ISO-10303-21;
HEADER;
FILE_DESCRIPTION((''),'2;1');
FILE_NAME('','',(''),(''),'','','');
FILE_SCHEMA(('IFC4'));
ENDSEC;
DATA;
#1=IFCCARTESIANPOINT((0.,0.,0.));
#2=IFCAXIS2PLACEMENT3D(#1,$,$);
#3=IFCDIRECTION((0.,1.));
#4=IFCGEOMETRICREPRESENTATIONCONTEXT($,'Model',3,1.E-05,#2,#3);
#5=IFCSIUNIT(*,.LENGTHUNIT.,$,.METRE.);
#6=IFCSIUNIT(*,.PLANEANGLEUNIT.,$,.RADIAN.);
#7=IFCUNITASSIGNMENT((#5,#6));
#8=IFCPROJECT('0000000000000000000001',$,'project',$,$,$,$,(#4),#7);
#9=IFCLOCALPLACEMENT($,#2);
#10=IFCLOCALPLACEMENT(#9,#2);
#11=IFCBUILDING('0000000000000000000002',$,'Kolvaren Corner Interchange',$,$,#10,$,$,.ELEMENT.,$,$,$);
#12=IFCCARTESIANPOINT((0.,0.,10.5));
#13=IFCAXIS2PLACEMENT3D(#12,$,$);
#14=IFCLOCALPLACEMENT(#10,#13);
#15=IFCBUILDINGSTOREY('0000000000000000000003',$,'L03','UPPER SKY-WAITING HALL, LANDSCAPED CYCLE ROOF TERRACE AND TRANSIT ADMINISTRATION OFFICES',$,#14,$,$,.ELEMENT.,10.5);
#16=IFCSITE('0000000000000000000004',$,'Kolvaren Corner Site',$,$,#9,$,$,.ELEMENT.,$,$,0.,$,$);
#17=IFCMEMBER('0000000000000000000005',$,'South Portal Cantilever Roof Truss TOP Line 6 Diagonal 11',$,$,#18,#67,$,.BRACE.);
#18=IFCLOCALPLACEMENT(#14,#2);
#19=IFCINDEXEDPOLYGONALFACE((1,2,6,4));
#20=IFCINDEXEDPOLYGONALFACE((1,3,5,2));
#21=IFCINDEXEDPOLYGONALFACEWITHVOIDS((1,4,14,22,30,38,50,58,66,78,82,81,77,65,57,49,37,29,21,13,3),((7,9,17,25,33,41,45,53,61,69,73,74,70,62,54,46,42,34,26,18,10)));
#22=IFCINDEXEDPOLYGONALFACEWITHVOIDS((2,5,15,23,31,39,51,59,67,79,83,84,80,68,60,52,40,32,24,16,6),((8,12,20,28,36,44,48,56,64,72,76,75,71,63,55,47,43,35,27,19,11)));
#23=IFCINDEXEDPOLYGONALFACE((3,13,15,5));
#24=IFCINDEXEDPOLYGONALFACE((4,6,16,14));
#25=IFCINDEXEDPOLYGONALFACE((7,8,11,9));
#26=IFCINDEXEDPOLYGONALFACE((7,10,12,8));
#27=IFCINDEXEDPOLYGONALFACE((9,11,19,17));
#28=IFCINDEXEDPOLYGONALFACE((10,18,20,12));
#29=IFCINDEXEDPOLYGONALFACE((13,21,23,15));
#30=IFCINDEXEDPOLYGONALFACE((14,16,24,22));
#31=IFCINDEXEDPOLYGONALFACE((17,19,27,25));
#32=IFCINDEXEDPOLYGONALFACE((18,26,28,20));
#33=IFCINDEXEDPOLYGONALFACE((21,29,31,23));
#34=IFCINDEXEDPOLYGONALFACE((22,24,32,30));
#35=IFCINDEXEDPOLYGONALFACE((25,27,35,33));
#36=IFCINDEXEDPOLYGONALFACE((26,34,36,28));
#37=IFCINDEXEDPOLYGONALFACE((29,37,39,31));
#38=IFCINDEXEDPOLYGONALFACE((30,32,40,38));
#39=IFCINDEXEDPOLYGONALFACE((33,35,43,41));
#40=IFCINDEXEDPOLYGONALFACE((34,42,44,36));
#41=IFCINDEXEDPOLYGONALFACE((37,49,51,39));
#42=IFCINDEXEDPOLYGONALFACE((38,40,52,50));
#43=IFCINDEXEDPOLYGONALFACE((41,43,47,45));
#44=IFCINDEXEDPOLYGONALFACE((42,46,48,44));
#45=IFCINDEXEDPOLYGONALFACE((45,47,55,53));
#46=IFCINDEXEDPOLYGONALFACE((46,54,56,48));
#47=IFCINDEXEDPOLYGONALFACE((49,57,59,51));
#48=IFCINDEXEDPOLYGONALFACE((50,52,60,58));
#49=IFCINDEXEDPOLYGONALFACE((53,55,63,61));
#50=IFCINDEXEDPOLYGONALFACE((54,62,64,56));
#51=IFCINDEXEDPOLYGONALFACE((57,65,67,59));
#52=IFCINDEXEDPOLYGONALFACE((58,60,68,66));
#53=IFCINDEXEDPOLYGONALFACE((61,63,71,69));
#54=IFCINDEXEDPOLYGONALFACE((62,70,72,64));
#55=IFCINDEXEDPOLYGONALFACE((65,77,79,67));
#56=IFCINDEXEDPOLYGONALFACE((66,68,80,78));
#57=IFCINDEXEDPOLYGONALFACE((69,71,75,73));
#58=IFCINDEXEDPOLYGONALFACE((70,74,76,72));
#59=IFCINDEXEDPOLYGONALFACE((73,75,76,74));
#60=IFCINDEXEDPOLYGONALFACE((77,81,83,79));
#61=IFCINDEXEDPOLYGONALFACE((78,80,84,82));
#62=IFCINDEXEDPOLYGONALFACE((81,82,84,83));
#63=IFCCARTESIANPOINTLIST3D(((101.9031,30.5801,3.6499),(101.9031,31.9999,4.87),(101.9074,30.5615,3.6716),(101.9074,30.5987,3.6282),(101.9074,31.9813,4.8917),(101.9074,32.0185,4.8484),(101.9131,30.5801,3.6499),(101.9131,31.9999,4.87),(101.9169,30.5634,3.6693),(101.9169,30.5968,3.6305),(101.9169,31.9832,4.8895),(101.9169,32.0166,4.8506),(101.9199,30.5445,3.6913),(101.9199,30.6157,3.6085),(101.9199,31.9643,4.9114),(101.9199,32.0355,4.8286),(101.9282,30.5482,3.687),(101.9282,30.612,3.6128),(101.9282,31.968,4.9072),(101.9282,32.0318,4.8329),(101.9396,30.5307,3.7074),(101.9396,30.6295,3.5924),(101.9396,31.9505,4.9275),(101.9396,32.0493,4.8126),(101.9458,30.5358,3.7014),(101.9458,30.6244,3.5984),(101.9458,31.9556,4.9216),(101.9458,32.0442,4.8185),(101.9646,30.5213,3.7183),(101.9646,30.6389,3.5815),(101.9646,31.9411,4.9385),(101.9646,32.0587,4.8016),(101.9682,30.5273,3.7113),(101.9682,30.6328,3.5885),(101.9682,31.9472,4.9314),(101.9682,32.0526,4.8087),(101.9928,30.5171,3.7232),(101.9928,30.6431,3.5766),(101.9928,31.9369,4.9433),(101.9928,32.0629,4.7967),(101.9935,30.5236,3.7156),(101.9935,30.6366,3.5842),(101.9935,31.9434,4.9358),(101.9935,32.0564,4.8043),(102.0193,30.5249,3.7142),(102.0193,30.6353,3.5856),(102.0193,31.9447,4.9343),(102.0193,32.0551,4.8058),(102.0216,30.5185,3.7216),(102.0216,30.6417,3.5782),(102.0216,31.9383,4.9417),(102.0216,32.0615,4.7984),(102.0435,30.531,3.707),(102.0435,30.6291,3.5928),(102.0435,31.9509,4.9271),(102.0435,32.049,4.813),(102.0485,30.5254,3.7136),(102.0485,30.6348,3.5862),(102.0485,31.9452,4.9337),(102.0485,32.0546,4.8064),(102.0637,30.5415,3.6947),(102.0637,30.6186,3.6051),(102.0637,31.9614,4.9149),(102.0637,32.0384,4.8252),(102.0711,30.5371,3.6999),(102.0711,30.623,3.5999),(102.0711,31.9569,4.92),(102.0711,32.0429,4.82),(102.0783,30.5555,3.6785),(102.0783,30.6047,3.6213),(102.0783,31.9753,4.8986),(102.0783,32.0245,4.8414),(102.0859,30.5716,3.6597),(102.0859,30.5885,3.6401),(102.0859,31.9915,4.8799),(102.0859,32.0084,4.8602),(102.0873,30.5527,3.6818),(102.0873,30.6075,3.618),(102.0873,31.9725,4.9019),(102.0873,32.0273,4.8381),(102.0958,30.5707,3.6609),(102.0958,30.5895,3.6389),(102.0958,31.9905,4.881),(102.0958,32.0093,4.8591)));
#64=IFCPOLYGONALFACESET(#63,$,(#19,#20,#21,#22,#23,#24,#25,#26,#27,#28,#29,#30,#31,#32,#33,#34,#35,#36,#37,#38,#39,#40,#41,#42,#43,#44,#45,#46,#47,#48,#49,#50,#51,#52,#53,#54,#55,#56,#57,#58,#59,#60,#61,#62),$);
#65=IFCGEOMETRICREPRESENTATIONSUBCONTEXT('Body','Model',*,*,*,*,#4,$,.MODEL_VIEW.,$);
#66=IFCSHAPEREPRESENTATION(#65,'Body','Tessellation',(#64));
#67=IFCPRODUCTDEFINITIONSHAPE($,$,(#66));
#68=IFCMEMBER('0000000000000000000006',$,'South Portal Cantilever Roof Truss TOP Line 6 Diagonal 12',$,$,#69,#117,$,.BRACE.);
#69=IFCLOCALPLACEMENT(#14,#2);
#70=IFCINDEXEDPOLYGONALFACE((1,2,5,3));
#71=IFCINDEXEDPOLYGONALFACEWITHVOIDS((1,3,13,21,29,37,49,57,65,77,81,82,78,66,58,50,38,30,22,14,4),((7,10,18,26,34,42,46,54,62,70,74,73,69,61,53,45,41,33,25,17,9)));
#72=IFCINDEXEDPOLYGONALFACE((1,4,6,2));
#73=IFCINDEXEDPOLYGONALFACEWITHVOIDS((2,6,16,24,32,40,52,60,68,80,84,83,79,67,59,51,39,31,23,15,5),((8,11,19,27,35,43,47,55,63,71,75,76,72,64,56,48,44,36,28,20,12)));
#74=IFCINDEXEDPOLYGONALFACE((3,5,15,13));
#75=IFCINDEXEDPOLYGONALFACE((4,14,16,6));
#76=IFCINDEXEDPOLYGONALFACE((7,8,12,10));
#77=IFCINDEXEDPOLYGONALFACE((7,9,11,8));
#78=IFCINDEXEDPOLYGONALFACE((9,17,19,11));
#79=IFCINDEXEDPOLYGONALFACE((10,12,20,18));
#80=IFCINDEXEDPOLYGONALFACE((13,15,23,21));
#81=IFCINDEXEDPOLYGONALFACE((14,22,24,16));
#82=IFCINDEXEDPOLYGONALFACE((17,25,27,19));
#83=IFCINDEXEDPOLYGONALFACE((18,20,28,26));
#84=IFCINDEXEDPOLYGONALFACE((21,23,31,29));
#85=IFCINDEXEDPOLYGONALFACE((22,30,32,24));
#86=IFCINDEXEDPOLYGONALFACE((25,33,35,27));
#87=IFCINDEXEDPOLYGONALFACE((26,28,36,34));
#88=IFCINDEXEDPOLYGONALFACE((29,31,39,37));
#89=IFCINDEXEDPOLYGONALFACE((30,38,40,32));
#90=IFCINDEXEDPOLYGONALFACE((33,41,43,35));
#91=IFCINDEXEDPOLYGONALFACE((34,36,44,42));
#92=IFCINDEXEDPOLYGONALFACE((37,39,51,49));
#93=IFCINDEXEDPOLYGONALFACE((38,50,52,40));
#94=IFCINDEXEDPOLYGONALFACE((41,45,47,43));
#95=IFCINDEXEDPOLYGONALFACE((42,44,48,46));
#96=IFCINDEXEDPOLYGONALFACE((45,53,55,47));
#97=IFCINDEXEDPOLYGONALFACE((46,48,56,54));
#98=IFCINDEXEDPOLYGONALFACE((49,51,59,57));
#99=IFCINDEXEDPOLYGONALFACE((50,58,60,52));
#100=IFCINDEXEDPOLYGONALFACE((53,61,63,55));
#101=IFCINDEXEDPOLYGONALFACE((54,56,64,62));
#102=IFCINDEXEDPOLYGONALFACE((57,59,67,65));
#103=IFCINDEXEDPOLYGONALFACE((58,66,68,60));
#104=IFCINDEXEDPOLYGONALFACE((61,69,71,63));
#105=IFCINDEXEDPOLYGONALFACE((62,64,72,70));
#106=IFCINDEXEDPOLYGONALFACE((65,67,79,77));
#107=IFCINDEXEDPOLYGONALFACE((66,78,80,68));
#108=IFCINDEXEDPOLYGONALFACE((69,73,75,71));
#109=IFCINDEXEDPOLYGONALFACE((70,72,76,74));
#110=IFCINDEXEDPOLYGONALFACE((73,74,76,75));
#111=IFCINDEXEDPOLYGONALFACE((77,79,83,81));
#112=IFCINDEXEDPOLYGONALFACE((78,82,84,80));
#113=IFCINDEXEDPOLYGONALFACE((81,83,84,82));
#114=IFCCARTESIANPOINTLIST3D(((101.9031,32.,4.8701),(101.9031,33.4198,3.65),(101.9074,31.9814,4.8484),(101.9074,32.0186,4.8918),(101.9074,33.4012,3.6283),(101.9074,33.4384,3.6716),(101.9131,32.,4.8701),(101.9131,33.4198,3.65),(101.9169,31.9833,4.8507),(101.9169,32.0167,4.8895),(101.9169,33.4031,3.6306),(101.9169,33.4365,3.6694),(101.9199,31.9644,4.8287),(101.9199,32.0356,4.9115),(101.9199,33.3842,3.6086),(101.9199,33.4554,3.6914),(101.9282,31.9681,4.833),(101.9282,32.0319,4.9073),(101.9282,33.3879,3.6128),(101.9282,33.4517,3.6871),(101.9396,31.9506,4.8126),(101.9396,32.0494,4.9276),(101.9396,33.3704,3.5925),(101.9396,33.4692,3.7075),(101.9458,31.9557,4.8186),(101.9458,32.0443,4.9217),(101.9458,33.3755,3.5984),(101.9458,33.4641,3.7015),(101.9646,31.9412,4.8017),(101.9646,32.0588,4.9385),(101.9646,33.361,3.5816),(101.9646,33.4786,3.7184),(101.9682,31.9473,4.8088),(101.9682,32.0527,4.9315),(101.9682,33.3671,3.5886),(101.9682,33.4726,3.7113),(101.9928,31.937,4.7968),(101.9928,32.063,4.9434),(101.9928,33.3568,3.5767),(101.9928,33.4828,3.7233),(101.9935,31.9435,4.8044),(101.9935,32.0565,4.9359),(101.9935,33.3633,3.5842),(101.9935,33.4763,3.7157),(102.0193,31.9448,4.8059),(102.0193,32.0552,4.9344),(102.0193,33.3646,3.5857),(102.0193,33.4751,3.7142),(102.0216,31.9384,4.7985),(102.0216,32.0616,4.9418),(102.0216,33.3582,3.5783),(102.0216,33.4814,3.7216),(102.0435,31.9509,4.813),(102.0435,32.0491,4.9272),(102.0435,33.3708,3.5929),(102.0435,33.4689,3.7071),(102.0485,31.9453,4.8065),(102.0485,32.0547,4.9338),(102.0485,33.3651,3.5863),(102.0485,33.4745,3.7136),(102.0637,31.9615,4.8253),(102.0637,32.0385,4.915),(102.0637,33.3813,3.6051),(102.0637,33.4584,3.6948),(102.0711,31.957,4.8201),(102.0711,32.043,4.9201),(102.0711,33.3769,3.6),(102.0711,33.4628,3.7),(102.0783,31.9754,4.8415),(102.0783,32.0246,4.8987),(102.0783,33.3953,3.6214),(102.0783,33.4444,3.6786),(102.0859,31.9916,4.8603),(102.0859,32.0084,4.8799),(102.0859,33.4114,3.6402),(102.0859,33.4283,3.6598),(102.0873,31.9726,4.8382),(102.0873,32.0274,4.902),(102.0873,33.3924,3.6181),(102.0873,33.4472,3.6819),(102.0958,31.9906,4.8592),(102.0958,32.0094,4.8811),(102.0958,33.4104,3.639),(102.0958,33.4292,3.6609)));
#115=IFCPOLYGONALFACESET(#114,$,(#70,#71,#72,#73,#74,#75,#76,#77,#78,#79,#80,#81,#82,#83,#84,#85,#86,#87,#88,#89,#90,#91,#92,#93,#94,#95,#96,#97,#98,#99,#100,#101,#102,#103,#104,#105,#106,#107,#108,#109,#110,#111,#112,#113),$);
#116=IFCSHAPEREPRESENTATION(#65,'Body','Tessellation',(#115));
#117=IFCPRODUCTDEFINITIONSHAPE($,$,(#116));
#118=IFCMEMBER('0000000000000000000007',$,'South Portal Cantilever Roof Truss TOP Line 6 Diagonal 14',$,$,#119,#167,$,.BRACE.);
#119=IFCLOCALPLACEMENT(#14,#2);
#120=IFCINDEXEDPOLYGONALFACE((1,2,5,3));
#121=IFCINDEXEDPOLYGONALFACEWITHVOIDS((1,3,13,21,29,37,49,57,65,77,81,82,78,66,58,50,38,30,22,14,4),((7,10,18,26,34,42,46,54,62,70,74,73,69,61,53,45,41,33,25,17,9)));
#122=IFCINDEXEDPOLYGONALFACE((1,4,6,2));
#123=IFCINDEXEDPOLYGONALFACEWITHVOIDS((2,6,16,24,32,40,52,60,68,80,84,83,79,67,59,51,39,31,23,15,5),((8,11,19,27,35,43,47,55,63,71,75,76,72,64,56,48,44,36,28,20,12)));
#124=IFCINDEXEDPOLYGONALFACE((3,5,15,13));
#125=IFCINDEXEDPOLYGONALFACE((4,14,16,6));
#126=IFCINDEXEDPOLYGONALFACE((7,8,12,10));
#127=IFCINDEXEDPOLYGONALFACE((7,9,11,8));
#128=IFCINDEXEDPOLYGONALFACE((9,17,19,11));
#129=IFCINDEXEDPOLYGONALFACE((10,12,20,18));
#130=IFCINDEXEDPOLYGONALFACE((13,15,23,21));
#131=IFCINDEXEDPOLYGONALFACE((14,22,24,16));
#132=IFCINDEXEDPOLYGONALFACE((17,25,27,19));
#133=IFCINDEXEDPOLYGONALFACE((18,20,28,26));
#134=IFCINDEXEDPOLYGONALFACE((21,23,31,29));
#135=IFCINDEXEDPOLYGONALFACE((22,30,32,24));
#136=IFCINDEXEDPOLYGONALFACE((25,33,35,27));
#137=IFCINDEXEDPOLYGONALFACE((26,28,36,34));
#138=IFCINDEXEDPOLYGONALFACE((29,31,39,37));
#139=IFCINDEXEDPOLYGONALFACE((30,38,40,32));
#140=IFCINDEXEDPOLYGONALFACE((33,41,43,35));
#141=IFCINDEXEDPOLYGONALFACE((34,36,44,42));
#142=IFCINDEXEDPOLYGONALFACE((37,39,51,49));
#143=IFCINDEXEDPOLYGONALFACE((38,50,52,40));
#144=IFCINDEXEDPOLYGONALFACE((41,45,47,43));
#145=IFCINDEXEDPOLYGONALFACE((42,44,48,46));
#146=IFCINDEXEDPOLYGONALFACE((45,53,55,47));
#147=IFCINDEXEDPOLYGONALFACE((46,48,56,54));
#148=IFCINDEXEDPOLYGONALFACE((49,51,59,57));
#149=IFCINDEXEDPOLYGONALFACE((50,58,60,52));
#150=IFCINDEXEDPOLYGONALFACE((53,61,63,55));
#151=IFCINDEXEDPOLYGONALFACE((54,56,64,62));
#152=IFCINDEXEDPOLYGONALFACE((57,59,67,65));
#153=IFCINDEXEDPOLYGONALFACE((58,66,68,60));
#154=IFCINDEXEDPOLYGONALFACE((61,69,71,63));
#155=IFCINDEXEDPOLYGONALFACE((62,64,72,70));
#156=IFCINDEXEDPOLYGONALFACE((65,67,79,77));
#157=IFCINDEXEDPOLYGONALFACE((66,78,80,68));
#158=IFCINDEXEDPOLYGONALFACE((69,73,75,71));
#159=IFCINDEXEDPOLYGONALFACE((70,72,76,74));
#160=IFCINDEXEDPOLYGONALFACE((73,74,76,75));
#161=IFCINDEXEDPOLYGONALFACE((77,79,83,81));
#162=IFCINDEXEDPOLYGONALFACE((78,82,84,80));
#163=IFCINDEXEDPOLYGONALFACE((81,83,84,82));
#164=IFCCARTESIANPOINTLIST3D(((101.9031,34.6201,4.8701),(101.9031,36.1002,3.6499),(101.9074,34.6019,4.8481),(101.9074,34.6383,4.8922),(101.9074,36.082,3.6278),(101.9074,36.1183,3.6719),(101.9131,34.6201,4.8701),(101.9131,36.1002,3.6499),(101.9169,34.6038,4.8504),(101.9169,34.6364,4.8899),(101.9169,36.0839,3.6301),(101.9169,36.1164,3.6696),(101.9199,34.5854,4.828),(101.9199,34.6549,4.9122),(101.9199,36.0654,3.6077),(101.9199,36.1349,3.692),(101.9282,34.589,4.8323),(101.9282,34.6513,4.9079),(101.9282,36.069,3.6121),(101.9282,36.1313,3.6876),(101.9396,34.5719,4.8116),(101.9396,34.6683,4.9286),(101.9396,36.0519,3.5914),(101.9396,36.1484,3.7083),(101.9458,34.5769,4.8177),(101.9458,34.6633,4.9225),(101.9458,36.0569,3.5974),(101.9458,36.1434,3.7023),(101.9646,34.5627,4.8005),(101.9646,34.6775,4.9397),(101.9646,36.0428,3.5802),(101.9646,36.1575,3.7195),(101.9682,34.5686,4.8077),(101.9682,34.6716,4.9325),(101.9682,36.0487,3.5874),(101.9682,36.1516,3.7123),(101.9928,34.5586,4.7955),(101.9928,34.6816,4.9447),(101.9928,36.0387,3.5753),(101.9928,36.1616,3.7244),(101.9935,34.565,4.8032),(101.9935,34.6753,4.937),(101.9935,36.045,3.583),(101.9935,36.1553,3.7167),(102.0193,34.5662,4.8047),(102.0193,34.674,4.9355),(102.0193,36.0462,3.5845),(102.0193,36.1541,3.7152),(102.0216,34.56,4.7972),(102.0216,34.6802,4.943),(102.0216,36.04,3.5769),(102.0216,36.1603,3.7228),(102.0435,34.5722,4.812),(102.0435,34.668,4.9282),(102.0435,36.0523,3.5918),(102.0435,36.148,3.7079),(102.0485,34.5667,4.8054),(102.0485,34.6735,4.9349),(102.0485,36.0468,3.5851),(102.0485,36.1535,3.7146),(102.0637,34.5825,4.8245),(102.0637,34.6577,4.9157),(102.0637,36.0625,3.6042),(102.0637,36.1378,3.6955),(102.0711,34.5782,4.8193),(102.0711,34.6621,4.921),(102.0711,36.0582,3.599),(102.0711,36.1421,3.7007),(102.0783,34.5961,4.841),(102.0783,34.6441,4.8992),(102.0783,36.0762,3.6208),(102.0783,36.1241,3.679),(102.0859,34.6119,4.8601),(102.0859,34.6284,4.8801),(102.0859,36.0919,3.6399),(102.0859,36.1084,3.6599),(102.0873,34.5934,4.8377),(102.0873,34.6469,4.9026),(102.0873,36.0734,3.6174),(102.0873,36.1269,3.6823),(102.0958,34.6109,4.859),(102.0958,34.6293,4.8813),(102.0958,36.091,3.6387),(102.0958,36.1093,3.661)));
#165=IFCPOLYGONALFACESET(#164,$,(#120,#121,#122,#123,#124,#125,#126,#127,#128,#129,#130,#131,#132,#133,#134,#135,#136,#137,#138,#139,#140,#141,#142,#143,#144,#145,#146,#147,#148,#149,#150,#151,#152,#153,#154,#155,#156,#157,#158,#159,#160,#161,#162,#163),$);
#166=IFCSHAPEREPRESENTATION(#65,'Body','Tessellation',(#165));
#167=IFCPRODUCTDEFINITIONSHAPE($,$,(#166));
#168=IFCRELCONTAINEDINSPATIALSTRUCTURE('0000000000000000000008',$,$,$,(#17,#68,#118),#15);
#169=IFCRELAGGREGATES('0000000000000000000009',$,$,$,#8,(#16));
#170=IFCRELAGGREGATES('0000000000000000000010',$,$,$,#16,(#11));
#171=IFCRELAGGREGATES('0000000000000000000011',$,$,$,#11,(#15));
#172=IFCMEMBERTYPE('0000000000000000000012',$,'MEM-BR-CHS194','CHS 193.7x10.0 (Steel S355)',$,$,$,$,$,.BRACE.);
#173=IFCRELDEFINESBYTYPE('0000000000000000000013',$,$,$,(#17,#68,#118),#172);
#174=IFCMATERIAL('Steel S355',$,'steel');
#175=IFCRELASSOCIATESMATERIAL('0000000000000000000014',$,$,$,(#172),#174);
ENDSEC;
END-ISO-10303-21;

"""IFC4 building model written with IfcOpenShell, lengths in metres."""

from ifc_helpers import new_model, si_unit, direction, frame, origin, origin_2d, place, context, subcontext, project, spatial, hollow_circle, extrude, material, material_profile, profile_set, type_object, element, save


model = new_model("IFC4")

# Units and contexts
model_context = context("Model", 3, precision=1e-05, world=origin(), true_north=direction((0.0, 1.0)))
body_context = subcontext(model_context, "Body", "Model", "MODEL_VIEW")
ifc_project = project(units=[si_unit("LENGTHUNIT", "METRE"), si_unit("PLANEANGLEUNIT", "RADIAN")], contexts=[model_context])

# Site, building, storey
site_placement = place(None, origin())
site = spatial("IfcSite", under=ifc_project, at=site_placement, Name="Kolvaren Corner Site", CompositionType="ELEMENT", RefElevation=0.0)
building_placement = place(site_placement, origin())
building = spatial("IfcBuilding", under=site, at=building_placement, Name="Kolvaren Corner Interchange", CompositionType="ELEMENT")
storey_placement = place(building_placement, frame((0.0, 0.0, 10.5)))
storey = spatial("IfcBuildingStorey", under=building, at=storey_placement, Name="L03", Description="UPPER SKY-WAITING HALL, LANDSCAPED CYCLE ROOF TERRACE AND TRANSIT ADMINISTRATION OFFICES", CompositionType="ELEMENT", Elevation=10.5)

# Members
ifc_material_1 = material(Name="Steel S355", Category="steel")
ifc_material_profile_1 = material_profile(ifc_material_1, hollow_circle(Radius=0.0969, WallThickness=0.01, at=origin_2d()), Name="CHS 193.7x10.0")
ifc_profile_set_1 = profile_set([ifc_material_profile_1], Name="Steel S355")
member_type_1 = type_object("IfcMemberType", Name="MEM-BR-CHS194", Description="CHS 193.7x10.0 (Steel S355)", PredefinedType="BRACE", material=ifc_profile_set_1)
for number, where, z_axis, x_axis, name in (
    (1, (102.0, 30.5801, 3.6499), (0.0, 0.758428, 0.651757), (-1.0, 0.0, 0.0), "South Portal Cantilever Roof Truss TOP Line 6 Diagonal 11"),
    (2, (102.0, 32.0, 4.8701), (0.0, 0.758428, -0.651757), (-1.0, 0.0, 0.0), "South Portal Cantilever Roof Truss TOP Line 6 Diagonal 12"),
):
    element("IfcMember", number, at=place(storey_placement, frame(where, z_axis=z_axis, x_axis=x_axis)), inside=storey, type_object=member_type_1, Name=name, PredefinedType="BRACE", context=body_context, shape_type="SweptSolid", body=[
        extrude(hollow_circle(Radius=0.0969, WallThickness=0.01, at=origin_2d()), origin(), (0.0, 0.0, 1.0), 1.8721),
    ])
member_1_placement = place(storey_placement, frame((102.0, 34.6201, 4.8701), z_axis=(0.0, 0.77157, -0.636144), x_axis=(-1.0, 0.0, 0.0)))
element("IfcMember", 3, at=member_1_placement, inside=storey, type_object=member_type_1, Name="South Portal Cantilever Roof Truss TOP Line 6 Diagonal 14", PredefinedType="BRACE", context=body_context, shape_type="SweptSolid", body=[
    extrude(hollow_circle(Radius=0.0969, WallThickness=0.01, at=origin_2d()), origin(), (0.0, 0.0, 1.0), 1.9182),
])

save(model, "model.ifc")
